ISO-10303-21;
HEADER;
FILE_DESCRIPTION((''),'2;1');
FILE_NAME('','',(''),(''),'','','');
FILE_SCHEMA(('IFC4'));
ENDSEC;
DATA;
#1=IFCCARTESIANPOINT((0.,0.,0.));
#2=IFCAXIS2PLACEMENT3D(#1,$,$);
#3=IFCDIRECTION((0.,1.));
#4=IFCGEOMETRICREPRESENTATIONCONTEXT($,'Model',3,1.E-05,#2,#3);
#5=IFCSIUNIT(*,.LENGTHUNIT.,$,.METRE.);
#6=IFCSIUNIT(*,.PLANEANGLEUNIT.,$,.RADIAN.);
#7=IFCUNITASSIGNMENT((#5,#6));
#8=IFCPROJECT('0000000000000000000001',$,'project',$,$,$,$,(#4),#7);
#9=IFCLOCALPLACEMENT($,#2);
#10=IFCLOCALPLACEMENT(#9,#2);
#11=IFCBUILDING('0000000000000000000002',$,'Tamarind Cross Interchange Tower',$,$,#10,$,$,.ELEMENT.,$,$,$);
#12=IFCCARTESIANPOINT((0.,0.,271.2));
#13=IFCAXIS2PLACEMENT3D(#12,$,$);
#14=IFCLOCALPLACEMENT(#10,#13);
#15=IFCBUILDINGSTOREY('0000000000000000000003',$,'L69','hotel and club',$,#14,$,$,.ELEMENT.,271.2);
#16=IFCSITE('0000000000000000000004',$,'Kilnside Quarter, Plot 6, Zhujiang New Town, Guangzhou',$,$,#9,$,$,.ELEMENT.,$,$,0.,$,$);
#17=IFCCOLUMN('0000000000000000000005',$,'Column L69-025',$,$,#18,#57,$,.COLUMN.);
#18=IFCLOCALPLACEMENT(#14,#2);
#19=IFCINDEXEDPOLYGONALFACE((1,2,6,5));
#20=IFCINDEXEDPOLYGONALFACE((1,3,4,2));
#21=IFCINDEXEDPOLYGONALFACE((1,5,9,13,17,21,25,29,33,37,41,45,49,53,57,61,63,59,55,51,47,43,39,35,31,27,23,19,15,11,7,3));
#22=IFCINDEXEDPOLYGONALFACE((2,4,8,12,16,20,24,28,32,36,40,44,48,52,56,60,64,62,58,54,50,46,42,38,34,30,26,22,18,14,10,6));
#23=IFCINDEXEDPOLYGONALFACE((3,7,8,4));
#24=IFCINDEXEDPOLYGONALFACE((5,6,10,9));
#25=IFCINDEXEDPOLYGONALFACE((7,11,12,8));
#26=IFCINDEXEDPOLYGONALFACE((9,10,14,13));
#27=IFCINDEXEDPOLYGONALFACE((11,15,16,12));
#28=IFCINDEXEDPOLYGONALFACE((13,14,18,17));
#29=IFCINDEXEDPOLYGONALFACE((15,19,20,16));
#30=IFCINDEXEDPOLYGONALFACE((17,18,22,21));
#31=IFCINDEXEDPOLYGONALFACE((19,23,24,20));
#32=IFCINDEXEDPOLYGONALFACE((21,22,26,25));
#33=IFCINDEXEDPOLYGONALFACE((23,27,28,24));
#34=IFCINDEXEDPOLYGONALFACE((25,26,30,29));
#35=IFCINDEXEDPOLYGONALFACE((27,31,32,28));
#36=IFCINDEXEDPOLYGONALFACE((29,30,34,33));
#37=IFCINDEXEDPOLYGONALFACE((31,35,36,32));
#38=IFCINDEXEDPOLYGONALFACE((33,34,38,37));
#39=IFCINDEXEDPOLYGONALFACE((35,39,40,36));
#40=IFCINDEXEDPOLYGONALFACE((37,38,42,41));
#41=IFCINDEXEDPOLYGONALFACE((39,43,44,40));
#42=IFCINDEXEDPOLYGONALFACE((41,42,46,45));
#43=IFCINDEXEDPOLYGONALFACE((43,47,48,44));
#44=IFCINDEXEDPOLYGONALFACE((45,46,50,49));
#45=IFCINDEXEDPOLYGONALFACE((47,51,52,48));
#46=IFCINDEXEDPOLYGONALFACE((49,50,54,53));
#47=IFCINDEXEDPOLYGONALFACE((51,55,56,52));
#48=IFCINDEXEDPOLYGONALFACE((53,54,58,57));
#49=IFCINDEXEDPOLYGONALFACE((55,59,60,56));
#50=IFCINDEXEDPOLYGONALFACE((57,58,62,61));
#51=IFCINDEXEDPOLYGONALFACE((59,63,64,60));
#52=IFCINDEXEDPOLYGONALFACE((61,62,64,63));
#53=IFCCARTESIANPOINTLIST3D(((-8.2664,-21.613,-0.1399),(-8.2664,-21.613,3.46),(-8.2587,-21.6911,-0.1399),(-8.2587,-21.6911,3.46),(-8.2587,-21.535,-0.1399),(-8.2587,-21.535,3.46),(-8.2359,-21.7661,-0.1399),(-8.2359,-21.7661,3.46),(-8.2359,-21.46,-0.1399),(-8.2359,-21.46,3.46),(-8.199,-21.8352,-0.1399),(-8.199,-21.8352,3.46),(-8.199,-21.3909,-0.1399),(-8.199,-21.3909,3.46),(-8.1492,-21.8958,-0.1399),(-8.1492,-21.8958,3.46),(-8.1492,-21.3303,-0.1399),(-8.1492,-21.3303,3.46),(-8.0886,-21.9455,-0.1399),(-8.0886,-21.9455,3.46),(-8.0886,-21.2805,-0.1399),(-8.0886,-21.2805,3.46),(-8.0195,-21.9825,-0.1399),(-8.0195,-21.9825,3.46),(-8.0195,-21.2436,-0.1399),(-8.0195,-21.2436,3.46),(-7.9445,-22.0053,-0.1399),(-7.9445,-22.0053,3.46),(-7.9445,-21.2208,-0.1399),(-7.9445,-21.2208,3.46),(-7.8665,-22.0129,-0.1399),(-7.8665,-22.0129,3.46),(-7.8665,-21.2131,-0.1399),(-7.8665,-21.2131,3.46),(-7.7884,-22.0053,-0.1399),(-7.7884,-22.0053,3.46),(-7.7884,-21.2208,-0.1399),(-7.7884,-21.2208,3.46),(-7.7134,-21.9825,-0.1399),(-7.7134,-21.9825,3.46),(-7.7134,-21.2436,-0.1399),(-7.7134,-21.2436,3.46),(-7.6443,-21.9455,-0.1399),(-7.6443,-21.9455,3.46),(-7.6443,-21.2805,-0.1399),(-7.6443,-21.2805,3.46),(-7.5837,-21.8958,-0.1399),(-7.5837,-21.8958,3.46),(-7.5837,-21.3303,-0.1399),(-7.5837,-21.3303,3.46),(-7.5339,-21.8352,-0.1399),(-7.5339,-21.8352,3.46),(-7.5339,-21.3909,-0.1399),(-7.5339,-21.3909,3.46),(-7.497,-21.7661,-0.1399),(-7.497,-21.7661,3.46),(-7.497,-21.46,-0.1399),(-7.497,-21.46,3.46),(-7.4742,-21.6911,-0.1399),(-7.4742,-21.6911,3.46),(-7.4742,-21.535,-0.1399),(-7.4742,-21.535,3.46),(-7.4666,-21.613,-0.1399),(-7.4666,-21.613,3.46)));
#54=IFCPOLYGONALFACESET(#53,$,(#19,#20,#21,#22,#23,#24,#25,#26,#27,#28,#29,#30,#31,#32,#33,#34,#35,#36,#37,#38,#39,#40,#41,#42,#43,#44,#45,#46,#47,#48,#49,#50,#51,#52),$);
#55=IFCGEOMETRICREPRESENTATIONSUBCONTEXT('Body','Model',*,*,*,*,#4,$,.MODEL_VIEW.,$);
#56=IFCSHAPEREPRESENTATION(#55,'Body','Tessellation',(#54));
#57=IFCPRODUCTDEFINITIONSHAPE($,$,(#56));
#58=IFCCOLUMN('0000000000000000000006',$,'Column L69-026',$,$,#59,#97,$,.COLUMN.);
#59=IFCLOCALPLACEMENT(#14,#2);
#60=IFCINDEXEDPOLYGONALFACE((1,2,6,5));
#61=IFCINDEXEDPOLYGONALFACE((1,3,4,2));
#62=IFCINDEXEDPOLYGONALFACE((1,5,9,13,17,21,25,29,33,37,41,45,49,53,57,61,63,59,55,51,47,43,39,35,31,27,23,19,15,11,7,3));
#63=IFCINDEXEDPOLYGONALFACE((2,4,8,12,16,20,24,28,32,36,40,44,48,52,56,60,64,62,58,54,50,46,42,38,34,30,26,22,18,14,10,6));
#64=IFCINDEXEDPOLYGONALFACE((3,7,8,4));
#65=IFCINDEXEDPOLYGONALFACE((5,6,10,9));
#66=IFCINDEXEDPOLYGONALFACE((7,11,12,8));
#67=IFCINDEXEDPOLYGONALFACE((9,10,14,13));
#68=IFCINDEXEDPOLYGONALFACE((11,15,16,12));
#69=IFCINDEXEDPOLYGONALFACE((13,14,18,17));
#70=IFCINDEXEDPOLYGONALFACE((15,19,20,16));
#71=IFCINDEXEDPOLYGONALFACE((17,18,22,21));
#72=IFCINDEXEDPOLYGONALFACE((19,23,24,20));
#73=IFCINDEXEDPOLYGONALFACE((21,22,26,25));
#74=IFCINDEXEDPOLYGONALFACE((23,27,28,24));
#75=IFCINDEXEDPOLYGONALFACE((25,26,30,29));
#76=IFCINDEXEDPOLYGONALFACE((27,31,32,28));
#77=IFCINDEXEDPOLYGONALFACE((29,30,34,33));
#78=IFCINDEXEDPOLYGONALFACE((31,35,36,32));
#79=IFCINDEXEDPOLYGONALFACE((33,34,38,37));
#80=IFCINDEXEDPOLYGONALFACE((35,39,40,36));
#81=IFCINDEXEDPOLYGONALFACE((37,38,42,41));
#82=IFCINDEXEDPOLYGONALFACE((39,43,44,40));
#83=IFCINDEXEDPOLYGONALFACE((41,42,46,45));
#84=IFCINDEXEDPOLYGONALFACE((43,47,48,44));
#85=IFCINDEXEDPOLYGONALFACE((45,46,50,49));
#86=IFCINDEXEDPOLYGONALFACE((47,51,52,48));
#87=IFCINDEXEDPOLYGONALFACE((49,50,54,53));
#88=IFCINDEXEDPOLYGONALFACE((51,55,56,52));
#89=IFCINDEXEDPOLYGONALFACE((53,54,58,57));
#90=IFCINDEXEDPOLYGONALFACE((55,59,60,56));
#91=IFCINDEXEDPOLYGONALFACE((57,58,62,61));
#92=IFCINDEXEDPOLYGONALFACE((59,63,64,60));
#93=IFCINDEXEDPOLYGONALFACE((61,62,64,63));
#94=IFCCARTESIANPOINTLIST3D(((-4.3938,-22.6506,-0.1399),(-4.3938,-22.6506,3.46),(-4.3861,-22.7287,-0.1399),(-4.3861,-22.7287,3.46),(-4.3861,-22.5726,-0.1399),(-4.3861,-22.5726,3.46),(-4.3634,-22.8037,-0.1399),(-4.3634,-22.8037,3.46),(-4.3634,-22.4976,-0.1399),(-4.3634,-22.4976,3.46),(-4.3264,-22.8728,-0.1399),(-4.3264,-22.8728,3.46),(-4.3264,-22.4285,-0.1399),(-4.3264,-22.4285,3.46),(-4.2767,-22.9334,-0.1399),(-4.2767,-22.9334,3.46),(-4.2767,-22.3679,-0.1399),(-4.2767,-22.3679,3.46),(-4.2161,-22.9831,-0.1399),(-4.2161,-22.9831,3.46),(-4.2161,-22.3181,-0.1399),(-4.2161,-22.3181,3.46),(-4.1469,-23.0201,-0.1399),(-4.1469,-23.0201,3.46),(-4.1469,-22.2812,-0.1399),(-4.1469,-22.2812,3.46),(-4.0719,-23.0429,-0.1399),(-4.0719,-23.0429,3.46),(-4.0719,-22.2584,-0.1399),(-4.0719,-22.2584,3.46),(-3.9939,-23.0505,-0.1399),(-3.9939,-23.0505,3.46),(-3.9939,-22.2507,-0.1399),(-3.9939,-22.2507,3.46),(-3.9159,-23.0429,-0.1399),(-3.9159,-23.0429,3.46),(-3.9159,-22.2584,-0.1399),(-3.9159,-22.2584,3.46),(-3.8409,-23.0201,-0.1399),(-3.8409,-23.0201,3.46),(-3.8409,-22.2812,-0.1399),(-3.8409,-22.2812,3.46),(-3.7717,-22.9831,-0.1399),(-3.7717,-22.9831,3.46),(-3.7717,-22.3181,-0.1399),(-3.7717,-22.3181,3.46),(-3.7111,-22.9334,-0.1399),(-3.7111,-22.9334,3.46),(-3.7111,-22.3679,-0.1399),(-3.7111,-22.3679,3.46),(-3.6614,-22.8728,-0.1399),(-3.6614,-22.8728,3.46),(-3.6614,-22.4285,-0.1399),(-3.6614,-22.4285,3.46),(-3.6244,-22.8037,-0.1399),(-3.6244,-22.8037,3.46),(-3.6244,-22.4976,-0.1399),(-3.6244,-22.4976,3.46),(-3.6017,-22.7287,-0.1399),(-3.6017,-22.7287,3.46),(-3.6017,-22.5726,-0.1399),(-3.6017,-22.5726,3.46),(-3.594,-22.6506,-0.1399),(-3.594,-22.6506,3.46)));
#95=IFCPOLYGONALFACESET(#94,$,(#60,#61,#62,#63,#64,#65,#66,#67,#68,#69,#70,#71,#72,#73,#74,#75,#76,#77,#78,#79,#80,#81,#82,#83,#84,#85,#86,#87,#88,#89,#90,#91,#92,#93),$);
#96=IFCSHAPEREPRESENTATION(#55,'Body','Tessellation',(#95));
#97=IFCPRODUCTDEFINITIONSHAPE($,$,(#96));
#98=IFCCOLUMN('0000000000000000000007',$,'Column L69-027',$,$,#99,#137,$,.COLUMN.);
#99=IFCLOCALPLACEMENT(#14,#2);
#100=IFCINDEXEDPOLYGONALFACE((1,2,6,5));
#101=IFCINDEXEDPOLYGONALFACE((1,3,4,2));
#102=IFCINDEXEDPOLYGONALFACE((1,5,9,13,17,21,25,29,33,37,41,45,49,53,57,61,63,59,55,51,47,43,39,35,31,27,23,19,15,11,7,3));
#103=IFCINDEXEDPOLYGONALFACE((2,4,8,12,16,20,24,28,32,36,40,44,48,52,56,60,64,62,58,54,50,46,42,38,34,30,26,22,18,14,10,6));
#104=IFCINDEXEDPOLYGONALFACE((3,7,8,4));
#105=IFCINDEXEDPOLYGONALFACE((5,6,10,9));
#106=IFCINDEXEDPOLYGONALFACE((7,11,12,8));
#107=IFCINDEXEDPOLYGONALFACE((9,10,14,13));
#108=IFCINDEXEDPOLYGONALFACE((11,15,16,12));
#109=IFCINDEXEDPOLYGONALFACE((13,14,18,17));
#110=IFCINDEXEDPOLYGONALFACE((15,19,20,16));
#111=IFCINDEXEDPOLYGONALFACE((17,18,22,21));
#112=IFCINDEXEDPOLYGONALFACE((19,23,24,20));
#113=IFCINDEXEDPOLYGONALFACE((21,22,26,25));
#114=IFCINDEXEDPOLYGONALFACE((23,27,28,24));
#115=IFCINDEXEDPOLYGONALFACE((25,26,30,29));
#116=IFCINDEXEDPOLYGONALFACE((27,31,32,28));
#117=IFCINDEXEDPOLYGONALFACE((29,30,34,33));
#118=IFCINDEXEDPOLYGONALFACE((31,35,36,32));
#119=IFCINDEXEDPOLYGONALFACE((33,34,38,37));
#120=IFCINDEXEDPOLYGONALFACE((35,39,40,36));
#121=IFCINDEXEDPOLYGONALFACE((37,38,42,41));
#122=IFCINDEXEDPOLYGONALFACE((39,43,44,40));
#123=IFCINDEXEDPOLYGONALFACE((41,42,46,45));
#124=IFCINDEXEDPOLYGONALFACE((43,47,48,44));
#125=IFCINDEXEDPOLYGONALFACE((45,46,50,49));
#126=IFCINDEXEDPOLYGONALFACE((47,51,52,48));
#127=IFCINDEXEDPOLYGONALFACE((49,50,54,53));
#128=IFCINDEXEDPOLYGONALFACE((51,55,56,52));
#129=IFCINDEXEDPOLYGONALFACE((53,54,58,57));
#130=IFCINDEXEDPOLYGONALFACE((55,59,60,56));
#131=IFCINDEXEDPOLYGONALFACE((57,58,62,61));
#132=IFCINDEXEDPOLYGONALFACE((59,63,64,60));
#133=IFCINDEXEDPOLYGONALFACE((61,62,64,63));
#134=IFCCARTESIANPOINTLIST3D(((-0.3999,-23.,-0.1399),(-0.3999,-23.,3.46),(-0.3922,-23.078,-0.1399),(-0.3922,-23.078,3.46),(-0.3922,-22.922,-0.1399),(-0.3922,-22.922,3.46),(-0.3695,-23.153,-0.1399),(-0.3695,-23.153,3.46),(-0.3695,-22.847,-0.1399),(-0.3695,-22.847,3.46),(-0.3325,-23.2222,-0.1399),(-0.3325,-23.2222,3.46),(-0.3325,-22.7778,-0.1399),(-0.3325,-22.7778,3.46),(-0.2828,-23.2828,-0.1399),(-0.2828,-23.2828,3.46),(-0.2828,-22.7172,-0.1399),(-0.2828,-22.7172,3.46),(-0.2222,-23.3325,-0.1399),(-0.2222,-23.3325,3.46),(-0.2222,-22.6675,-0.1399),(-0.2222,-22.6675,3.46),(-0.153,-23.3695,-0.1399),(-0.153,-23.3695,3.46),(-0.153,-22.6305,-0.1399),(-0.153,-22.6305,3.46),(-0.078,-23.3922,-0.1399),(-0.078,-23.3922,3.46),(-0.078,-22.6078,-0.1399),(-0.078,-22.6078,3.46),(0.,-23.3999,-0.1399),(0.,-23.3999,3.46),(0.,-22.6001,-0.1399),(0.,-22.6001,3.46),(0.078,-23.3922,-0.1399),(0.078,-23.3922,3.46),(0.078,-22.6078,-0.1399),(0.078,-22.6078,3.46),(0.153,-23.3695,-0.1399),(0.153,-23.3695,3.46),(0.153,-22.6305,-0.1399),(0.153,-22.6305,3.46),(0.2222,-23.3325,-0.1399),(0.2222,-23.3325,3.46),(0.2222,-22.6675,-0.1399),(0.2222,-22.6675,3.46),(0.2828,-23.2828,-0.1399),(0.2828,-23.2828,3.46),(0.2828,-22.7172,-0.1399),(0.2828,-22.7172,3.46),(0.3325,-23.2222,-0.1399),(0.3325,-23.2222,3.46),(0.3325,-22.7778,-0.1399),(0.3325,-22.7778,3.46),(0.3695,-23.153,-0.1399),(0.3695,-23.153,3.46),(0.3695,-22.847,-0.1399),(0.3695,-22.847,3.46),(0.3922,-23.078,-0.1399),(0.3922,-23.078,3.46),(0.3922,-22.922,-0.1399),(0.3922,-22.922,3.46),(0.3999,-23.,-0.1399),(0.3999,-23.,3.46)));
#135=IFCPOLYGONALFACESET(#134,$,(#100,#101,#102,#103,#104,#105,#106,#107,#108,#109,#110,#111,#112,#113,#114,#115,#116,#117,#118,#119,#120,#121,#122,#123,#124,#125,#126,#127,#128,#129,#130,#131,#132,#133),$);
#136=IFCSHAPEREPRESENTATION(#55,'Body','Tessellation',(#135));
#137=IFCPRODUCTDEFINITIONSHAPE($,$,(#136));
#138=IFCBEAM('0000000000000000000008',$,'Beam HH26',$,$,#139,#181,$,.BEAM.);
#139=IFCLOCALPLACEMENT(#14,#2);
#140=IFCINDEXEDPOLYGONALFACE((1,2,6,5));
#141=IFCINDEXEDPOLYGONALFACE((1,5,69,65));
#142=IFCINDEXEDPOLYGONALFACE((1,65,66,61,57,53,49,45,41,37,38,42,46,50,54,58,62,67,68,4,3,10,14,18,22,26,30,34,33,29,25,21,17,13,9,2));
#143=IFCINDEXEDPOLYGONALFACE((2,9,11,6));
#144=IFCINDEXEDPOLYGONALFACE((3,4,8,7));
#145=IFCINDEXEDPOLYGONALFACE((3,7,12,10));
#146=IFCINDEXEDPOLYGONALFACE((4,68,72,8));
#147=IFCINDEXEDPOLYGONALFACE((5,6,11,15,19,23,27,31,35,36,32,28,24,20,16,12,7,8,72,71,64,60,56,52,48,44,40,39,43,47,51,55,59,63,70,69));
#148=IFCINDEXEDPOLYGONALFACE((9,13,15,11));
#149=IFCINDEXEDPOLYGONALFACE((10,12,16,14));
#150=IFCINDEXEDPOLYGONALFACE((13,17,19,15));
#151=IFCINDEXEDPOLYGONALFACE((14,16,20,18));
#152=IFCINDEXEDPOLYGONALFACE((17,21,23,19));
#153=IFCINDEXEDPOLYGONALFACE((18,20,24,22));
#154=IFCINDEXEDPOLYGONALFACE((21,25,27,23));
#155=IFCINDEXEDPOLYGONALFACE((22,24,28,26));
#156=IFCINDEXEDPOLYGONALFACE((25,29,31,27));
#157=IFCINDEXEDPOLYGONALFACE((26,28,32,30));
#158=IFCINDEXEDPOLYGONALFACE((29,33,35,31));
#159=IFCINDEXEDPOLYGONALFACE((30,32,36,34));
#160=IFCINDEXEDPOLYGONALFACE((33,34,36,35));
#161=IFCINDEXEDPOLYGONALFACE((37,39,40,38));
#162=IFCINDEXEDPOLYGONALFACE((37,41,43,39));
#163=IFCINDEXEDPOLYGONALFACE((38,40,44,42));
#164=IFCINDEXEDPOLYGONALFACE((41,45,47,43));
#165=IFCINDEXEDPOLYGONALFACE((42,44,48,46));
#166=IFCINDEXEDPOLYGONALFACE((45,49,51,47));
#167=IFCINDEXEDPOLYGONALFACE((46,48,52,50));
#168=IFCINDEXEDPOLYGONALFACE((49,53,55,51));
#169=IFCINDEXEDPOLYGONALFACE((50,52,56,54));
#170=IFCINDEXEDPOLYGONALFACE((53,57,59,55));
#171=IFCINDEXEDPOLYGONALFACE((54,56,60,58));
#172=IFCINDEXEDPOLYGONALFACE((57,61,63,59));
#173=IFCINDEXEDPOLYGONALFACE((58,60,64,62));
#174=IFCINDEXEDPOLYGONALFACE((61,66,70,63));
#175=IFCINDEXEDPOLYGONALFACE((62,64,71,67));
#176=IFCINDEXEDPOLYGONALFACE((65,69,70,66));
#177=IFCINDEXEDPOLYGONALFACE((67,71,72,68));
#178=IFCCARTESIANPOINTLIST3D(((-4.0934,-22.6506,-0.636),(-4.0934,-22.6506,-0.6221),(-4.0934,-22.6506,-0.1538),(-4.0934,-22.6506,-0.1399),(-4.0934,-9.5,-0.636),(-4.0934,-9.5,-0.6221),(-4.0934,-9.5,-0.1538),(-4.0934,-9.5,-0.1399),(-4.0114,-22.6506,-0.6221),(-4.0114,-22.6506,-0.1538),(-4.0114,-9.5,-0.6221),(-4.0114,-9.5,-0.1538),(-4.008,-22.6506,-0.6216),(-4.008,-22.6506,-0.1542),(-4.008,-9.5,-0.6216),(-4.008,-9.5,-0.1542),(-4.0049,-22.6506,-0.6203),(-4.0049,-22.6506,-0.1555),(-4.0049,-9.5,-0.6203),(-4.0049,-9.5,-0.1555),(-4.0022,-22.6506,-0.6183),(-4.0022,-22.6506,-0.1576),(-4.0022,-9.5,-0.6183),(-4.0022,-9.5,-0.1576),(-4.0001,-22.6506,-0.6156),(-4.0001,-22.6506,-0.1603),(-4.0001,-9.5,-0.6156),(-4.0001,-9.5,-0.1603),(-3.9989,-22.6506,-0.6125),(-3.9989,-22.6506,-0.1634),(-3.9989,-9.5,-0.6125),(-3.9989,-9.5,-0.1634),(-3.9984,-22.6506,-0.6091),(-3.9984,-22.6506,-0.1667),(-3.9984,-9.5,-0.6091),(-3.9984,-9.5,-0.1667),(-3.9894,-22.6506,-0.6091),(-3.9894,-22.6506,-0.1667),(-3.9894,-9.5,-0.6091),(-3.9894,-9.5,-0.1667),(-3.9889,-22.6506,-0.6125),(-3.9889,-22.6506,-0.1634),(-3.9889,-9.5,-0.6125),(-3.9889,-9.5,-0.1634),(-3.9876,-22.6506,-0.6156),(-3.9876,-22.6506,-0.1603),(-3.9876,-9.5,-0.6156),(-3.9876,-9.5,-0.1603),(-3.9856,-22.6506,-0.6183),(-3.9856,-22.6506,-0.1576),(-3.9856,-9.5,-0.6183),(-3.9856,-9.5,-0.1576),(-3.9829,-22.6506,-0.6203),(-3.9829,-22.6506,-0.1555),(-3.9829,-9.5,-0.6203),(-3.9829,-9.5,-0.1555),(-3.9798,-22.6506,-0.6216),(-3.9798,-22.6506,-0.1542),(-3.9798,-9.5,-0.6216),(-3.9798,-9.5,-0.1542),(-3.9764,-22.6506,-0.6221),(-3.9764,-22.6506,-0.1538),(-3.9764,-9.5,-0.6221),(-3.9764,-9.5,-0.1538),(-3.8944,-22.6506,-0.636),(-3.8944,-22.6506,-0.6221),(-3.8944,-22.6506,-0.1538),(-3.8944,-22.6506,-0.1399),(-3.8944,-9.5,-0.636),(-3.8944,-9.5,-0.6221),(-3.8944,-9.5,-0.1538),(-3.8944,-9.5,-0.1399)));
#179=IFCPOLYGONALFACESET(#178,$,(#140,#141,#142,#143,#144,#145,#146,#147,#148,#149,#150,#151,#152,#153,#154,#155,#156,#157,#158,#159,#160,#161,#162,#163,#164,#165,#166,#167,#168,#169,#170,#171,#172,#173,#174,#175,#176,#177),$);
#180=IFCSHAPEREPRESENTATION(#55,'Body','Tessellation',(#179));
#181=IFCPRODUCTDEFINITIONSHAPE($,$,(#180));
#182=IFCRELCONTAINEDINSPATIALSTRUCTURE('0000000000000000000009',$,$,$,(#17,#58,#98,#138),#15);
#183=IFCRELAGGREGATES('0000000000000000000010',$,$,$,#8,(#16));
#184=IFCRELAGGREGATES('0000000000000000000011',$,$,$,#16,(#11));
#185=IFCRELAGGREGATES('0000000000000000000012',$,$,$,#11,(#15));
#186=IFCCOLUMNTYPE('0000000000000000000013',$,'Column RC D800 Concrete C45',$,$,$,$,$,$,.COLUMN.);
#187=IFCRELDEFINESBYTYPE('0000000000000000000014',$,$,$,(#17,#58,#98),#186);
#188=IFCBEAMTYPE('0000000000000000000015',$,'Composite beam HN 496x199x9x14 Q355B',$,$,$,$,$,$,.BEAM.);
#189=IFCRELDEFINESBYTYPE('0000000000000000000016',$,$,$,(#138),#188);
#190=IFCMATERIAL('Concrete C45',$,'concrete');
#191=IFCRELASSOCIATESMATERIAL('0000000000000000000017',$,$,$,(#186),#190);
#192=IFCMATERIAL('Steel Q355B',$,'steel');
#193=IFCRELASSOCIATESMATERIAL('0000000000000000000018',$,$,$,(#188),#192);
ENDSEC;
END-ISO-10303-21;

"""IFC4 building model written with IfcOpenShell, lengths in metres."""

from ifc_helpers import new_model, si_unit, direction, frame, origin, origin_2d, place, context, subcontext, project, spatial, circle, i_section, extrude, material, material_profile, profile_set, type_object, element, save


model = new_model("IFC4")

# Units and contexts
model_context = context("Model", 3, precision=1e-05, world=origin(), true_north=direction((0.0, 1.0)))
body_context = subcontext(model_context, "Body", "Model", "MODEL_VIEW")
ifc_project = project(units=[si_unit("LENGTHUNIT", "METRE"), si_unit("PLANEANGLEUNIT", "RADIAN")], contexts=[model_context])

# Site, building, storey
site_placement = place(None, origin())
site = spatial("IfcSite", under=ifc_project, at=site_placement, Name="Kilnside Quarter, Plot 6, Zhujiang New Town, Guangzhou", CompositionType="ELEMENT", RefElevation=0.0)
building_placement = place(site_placement, origin())
building = spatial("IfcBuilding", under=site, at=building_placement, Name="Tamarind Cross Interchange Tower", CompositionType="ELEMENT")
storey_placement = place(building_placement, frame((0.0, 0.0, 271.2)))
storey = spatial("IfcBuildingStorey", under=building, at=storey_placement, Name="L69", Description="hotel and club", CompositionType="ELEMENT", Elevation=271.2)

# Columns
ifc_material_1 = material(Name="Concrete C45", Category="concrete")
ifc_material_profile_1 = material_profile(ifc_material_1, circle(Radius=0.3999, at=origin_2d()), Name="RC D800")
ifc_profile_set_1 = profile_set([ifc_material_profile_1], Name="Concrete C45")
column_type = type_object("IfcColumnType", Name="Column RC D800 Concrete C45", PredefinedType="COLUMN", material=ifc_profile_set_1)
for number, where, z_axis, x_axis, name in (
    (1, (-7.8665, -21.613, -0.1399), (0.0, 0.0, 1.0), (1.0, 0.0, 0.0), "Column L69-025"),
    (2, (-3.9939, -22.6506, -0.1399), (0.0, 0.0, 1.0), (1.0, 0.0, 0.0), "Column L69-026"),
    (3, (0.0, -23.0, -0.1399), (0.0, 0.0, 1.0), (1.0, 0.0, 0.0), "Column L69-027"),
):
    element("IfcColumn", number, at=place(storey_placement, frame(where, z_axis=z_axis, x_axis=x_axis)), inside=storey, type_object=column_type, Name=name, PredefinedType="COLUMN", context=body_context, shape_type="SweptSolid", body=[
        extrude(circle(Radius=0.3999, at=origin_2d()), origin(), (0.0, 0.0, 1.0), 3.5999),
    ])

# Beam
ifc_material_2 = material(Name="Steel Q355B", Category="steel")
ifc_material_profile_2 = material_profile(ifc_material_2, i_section(OverallWidth=0.199, OverallDepth=0.4961, WebThickness=0.009, FlangeThickness=0.0139, FilletRadius=0.0129, at=origin_2d()), Name="HN 496x199x9x14")
ifc_profile_set_2 = profile_set([ifc_material_profile_2], Name="Steel Q355B")
beam_type = type_object("IfcBeamType", Name="Composite beam HN 496x199x9x14 Q355B", PredefinedType="BEAM", material=ifc_profile_set_2)
beam_1_placement = place(storey_placement, frame((-3.9939, -22.6506, -0.3879), z_axis=(0.0, 1.0, 0.0), x_axis=(-1.0, 0.0, 0.0)))
element("IfcBeam", 4, at=beam_1_placement, inside=storey, type_object=beam_type, Name="Beam HH26", PredefinedType="BEAM", context=body_context, shape_type="SweptSolid", body=[
    extrude(i_section(OverallWidth=0.199, OverallDepth=0.4961, WebThickness=0.009, FlangeThickness=0.0139, FilletRadius=0.0129, at=origin_2d()), origin(), (0.0, 0.0, 1.0), 13.1506),
])

save(model, "model.ifc")
